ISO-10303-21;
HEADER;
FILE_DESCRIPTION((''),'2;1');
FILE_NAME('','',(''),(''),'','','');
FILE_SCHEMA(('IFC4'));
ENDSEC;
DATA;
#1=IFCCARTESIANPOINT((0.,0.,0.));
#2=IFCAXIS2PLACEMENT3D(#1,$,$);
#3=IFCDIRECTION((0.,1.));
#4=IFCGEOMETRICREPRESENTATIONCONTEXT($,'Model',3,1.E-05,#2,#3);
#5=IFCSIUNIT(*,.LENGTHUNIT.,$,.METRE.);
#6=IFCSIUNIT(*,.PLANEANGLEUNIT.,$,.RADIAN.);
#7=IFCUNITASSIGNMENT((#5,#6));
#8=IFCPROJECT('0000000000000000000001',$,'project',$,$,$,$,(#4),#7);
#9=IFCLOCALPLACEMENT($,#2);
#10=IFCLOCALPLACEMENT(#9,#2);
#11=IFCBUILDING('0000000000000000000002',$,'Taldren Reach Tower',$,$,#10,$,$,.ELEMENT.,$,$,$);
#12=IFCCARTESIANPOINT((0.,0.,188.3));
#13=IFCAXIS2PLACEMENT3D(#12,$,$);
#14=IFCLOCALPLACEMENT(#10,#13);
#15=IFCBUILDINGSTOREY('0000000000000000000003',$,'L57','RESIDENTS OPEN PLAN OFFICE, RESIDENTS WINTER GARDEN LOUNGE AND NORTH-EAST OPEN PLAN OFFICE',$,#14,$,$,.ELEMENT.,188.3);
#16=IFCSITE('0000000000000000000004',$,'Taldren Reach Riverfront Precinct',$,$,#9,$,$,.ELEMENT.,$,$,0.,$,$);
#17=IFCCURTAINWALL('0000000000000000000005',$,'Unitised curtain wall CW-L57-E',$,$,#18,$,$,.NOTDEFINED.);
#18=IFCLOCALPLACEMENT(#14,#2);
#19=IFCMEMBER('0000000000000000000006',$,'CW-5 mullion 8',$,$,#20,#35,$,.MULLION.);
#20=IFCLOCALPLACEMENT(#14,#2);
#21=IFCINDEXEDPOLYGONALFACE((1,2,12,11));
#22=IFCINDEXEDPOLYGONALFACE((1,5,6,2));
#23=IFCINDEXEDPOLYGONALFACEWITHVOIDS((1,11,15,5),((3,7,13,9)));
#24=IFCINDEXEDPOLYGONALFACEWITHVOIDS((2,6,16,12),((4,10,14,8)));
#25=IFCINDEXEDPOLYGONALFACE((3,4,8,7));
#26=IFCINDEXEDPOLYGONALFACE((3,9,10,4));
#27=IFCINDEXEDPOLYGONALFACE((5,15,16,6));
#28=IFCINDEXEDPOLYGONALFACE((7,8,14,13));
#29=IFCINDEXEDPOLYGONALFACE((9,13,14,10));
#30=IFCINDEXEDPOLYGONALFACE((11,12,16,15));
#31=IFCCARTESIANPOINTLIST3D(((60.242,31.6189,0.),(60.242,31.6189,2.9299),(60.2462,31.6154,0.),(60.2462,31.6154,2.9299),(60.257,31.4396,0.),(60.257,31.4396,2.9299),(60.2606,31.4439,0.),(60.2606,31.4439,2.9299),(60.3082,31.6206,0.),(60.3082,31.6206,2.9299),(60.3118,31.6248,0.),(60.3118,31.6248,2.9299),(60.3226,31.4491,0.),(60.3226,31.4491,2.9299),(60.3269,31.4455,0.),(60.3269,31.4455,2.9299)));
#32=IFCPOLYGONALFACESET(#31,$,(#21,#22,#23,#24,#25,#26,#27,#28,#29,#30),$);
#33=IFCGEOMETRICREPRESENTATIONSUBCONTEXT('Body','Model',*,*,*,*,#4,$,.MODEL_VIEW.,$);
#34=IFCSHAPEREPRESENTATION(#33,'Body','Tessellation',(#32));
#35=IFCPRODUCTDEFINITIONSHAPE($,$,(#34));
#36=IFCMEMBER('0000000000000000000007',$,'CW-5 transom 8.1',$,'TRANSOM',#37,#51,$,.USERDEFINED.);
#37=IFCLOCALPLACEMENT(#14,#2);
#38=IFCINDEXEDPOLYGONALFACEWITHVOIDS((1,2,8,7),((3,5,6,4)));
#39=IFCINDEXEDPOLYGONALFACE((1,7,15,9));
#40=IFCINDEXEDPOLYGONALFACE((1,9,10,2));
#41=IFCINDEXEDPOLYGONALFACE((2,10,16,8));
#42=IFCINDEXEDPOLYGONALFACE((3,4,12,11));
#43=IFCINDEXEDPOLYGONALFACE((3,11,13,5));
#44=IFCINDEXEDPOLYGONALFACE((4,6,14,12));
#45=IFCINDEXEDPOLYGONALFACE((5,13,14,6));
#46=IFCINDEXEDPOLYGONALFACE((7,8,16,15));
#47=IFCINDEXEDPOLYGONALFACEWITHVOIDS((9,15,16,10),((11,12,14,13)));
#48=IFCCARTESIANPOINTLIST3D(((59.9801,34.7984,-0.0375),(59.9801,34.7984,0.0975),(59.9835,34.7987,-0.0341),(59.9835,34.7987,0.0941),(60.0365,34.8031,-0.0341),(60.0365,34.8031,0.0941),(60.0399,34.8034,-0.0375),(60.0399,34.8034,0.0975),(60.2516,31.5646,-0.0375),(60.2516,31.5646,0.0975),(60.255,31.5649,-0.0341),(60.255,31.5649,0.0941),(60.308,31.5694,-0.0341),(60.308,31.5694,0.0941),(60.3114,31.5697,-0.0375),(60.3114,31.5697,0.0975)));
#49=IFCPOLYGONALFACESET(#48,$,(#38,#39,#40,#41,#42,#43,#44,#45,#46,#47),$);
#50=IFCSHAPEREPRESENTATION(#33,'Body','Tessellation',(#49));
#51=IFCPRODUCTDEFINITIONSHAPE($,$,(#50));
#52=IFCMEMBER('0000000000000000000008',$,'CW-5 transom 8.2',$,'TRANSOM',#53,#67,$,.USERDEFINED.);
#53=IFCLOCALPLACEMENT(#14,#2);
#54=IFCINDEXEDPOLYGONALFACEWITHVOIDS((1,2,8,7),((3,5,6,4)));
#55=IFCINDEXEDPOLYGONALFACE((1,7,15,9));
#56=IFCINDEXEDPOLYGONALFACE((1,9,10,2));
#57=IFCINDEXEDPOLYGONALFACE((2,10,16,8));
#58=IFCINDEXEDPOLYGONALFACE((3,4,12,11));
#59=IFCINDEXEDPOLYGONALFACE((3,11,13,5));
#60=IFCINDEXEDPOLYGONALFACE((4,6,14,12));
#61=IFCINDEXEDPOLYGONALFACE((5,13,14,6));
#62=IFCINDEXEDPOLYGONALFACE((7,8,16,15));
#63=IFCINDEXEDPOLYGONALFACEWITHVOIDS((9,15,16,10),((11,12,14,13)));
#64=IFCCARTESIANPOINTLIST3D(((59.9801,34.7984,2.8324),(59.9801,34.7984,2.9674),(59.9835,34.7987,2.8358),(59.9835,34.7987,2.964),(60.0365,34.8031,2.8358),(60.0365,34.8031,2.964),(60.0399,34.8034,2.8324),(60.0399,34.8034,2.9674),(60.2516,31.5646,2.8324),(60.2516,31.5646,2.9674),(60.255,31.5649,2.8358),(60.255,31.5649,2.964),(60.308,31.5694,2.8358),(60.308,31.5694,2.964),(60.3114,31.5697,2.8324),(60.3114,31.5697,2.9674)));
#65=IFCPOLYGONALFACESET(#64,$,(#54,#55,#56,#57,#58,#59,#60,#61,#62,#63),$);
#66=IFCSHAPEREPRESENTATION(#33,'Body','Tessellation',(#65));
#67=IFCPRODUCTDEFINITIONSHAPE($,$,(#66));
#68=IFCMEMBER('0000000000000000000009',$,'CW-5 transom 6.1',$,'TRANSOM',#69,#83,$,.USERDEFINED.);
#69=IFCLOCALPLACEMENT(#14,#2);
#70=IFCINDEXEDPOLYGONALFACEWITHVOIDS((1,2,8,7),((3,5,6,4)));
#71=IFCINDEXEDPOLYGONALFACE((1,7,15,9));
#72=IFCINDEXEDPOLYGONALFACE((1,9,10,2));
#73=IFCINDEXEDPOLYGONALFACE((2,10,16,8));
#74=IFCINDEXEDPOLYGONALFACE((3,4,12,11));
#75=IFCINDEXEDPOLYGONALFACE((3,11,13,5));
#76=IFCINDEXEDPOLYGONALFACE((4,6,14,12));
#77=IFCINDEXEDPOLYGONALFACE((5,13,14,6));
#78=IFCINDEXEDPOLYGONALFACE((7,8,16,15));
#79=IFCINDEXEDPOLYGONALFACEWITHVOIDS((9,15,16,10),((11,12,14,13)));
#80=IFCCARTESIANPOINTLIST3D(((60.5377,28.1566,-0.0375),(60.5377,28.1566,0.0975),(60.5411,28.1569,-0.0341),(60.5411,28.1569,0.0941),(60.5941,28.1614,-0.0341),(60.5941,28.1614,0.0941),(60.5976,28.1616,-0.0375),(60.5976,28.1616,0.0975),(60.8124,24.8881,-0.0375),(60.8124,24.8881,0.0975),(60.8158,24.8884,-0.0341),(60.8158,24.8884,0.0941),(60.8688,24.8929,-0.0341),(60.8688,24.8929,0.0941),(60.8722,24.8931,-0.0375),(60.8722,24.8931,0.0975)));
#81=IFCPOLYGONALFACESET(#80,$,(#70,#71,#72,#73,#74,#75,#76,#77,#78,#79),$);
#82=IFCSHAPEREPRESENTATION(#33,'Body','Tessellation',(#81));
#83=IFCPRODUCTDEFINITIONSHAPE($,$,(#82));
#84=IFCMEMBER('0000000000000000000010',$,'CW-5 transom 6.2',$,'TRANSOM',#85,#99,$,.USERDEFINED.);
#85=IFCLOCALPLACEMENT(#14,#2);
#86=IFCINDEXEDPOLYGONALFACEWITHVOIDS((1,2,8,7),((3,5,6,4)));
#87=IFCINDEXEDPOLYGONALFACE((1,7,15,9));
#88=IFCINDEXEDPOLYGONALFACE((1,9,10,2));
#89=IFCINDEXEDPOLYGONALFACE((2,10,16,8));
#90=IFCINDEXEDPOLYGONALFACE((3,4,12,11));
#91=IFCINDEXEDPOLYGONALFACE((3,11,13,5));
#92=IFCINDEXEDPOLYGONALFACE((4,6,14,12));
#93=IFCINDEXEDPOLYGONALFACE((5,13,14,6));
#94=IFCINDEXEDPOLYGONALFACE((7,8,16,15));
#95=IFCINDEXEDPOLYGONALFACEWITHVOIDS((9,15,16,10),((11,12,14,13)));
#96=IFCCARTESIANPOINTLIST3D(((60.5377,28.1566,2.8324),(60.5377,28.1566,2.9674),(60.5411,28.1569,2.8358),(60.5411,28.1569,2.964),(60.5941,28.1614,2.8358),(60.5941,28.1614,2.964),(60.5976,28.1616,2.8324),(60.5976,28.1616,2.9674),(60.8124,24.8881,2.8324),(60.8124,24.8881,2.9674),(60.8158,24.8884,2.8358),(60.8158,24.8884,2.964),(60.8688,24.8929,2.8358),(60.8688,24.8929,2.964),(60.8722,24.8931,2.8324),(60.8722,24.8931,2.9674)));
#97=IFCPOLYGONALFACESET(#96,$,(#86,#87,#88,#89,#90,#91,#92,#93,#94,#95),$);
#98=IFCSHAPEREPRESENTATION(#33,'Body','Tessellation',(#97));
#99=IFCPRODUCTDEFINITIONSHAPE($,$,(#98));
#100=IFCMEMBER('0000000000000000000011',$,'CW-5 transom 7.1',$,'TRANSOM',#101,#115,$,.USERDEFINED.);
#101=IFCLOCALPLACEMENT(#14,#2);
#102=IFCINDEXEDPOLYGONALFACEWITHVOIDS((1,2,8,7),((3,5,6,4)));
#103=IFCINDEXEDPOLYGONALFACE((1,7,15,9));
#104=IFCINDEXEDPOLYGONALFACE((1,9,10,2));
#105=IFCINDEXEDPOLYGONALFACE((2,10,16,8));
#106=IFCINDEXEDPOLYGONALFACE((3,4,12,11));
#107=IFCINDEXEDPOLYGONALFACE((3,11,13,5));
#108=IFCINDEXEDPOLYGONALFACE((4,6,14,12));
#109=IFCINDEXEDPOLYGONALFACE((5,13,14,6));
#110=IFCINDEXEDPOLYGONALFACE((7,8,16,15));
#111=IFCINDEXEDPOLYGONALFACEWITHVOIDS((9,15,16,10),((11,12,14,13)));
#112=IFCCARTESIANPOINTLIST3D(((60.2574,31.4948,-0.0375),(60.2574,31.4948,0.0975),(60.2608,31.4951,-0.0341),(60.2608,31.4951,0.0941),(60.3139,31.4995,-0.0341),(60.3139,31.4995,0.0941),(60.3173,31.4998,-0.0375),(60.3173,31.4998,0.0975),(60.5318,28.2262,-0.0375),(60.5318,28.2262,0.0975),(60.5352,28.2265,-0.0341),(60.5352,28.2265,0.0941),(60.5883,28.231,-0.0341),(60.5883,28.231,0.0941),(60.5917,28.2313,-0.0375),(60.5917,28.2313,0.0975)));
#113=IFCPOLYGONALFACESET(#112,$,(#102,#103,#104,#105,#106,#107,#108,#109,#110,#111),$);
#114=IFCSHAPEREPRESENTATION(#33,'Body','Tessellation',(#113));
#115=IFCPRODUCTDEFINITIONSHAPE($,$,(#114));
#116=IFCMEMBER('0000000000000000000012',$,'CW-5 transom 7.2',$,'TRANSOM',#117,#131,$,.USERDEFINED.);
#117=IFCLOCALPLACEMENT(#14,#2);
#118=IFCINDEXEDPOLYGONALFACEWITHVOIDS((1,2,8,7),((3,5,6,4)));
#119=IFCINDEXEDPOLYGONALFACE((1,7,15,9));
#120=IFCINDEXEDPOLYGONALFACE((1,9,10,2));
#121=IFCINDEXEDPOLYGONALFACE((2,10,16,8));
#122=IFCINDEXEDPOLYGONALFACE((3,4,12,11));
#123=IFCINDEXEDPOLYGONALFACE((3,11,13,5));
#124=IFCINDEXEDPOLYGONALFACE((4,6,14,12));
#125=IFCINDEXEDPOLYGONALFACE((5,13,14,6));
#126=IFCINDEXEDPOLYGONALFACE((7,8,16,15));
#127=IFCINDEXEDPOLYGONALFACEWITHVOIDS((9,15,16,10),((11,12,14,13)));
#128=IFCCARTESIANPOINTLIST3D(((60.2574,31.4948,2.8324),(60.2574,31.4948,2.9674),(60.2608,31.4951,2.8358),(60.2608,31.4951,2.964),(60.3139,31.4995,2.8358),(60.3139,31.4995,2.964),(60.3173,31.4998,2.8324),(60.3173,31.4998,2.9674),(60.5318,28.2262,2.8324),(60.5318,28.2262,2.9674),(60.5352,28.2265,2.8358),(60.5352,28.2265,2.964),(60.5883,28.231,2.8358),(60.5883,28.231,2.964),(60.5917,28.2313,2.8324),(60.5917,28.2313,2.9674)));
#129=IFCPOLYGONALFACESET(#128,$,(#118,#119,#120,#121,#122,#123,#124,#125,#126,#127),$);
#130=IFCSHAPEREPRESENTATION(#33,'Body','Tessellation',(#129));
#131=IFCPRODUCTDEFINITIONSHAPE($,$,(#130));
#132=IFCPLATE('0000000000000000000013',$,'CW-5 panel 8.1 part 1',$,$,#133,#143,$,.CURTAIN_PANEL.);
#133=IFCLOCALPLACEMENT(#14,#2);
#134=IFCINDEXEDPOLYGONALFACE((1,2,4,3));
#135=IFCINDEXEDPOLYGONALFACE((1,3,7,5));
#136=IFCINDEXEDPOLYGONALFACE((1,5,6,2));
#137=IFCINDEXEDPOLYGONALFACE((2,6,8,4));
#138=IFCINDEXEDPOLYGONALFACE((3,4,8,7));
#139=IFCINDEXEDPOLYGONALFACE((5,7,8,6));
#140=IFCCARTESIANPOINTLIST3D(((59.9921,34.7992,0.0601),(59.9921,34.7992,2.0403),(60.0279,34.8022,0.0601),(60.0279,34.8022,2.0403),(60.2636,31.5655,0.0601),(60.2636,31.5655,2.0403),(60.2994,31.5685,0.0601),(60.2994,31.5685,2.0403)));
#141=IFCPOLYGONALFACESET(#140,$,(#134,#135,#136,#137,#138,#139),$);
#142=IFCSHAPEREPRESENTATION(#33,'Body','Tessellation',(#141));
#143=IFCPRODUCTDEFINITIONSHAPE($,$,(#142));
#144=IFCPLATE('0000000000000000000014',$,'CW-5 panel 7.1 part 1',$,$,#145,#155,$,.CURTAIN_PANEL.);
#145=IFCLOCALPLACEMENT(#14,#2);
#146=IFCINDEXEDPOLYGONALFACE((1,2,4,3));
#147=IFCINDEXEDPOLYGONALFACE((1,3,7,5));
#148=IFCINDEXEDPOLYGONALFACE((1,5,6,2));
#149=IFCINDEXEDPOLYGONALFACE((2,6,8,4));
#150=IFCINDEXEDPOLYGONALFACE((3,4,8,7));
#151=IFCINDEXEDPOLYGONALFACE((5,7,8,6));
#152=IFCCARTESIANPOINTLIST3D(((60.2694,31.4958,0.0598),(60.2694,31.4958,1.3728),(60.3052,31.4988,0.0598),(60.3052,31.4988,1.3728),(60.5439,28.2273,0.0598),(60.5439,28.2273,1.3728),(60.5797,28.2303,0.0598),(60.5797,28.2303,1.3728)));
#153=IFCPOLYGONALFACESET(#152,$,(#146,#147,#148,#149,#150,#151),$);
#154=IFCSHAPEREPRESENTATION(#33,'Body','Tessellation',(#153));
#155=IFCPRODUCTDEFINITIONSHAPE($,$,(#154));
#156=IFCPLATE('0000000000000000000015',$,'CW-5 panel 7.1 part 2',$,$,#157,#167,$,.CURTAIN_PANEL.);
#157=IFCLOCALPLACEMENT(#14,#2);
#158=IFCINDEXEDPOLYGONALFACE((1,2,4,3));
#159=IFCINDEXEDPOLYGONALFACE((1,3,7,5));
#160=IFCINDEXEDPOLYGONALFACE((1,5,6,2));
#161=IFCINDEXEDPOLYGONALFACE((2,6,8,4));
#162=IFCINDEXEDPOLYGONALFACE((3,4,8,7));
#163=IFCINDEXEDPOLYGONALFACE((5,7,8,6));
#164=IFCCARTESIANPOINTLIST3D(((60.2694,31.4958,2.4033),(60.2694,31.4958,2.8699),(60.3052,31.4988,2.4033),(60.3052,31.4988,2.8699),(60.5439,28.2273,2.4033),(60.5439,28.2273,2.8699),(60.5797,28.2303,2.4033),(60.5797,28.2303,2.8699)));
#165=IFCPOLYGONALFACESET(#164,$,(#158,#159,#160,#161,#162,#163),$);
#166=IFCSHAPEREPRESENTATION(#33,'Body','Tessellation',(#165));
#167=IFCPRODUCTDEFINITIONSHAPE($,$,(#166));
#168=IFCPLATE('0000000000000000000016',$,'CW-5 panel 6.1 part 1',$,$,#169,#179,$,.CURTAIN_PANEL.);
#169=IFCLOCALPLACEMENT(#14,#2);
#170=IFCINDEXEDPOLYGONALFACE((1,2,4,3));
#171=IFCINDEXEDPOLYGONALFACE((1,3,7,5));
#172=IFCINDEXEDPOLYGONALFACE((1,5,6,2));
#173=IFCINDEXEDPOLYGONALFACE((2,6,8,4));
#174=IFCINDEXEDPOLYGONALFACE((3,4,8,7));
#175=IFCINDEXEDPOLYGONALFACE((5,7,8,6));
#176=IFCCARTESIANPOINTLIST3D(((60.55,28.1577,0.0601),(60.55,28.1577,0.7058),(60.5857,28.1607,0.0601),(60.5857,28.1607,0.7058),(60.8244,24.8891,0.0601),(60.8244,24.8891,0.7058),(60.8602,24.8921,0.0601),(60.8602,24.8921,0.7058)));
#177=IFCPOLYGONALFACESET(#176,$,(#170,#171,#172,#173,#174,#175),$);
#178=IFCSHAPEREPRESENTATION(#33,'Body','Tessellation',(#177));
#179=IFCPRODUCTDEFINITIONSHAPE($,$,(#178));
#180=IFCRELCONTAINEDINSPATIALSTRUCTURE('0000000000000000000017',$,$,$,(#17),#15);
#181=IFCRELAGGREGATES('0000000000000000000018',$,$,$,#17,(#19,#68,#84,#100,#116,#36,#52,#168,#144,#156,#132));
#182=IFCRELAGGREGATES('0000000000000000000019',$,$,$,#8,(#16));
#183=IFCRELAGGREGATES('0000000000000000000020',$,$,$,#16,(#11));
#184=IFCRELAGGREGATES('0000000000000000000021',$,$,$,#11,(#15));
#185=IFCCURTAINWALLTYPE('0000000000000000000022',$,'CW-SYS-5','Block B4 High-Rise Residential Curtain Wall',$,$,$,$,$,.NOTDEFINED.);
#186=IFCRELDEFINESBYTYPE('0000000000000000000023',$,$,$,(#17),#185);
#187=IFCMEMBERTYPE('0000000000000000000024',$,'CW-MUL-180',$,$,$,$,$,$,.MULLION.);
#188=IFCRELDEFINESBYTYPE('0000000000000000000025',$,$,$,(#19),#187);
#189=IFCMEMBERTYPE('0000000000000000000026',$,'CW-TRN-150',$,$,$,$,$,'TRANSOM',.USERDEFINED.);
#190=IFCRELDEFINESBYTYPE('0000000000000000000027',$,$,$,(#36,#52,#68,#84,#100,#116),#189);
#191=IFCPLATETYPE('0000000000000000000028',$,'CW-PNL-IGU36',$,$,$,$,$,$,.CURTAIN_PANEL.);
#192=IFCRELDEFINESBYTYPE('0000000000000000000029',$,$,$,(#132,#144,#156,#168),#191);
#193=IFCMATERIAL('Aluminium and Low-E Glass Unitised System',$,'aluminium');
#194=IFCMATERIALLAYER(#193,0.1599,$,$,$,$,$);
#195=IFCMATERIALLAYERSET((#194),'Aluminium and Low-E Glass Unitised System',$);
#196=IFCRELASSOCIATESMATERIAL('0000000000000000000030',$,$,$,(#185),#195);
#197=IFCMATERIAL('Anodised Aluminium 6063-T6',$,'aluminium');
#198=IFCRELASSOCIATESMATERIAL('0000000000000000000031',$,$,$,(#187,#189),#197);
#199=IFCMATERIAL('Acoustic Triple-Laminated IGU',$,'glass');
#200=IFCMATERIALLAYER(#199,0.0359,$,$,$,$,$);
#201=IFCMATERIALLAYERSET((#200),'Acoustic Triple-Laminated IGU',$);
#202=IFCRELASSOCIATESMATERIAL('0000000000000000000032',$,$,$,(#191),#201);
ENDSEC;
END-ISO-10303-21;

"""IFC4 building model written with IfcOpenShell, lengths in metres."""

from ifc_helpers import new_model, si_unit, direction, frame, origin, origin_2d, place, context, subcontext, project, spatial, rectangle, hollow_rectangle, extrude, source, transform, mapped, material, layer, layer_set, material_profile, profile_set, type_object, element, aggregate, save


model = new_model("IFC4")

# Units and contexts
model_context = context("Model", 3, precision=1e-05, world=origin(), true_north=direction((0.0, 1.0)))
body_context = subcontext(model_context, "Body", "Model", "MODEL_VIEW")
ifc_project = project(units=[si_unit("LENGTHUNIT", "METRE"), si_unit("PLANEANGLEUNIT", "RADIAN")], contexts=[model_context])

# Site, building, storey
site_placement = place(None, origin())
site = spatial("IfcSite", under=ifc_project, at=site_placement, Name="Taldren Reach Riverfront Precinct", CompositionType="ELEMENT", RefElevation=0.0)
building_placement = place(site_placement, origin())
building = spatial("IfcBuilding", under=site, at=building_placement, Name="Taldren Reach Tower", CompositionType="ELEMENT")
storey_placement = place(building_placement, frame((0.0, 0.0, 188.3)))
storey = spatial("IfcBuildingStorey", under=building, at=storey_placement, Name="L57", Description="RESIDENTS OPEN PLAN OFFICE, RESIDENTS WINTER GARDEN LOUNGE AND NORTH-EAST OPEN PLAN OFFICE", CompositionType="ELEMENT", Elevation=188.3)

# Curtain wall, members, plates
ifc_material_1 = material(Name="Aluminium and Low-E Glass Unitised System", Category="aluminium")
ifc_layer_1 = layer(ifc_material_1, 0.1599)
ifc_layer_set_1 = layer_set([ifc_layer_1], Name="Aluminium and Low-E Glass Unitised System")
curtain_wall_type = type_object("IfcCurtainWallType", Name="CW-SYS-5", Description="Block B4 High-Rise Residential Curtain Wall", PredefinedType="NOTDEFINED", material=ifc_layer_set_1)
curtain_wall_placement = place(storey_placement, origin())
curtain_wall = element("IfcCurtainWall", 1, at=curtain_wall_placement, inside=storey, type_object=curtain_wall_type, Name="Unitised curtain wall CW-L57-E", PredefinedType="NOTDEFINED")
ifc_material_2 = material(Name="Anodised Aluminium 6063-T6", Category="aluminium")
ifc_material_profile_1 = material_profile(ifc_material_2, hollow_rectangle(XDim=0.0701, YDim=0.1799, WallThickness=0.0039, at=origin_2d()), Name="ALU-180x70x4RHS")
ifc_profile_set_1 = profile_set([ifc_material_profile_1], Name="Anodised Aluminium 6063-T6")
member_type_1 = type_object("IfcMemberType", Name="CW-MUL-180", PredefinedType="MULLION", material=ifc_profile_set_1)
shared_shape_1 = source(origin(), body_context, "Body", "SweptSolid", [
    extrude(hollow_rectangle(XDim=0.0701, YDim=0.1799, WallThickness=0.0039, at=origin_2d()), origin(), (0.0, 0.0, 1.0), 2.9299),
])
member_1_placement = place(storey_placement, frame((60.2844, 31.5322, 0.0), z_axis=(0.0, 0.0, 1.0), x_axis=(-0.996493, -0.083678, 0.0)))
member_1 = element("IfcMember", 2, at=member_1_placement, type_object=member_type_1, Name="CW-5 mullion 8", PredefinedType="MULLION", context=body_context, shape_type="MappedRepresentation", body=[
    mapped(shared_shape_1, transform((0.0, 0.0, 0.0), scale=1.0)),
])
ifc_material_profile_2 = material_profile(ifc_material_2, hollow_rectangle(XDim=0.0601, YDim=0.135, WallThickness=0.0034, at=origin_2d()), Name="ALU-135x60x3.5RHS")
ifc_profile_set_2 = profile_set([ifc_material_profile_2], Name="Anodised Aluminium 6063-T6")
member_type_2 = type_object("IfcMemberType", Name="CW-TRN-150", ElementType="TRANSOM", PredefinedType="USERDEFINED", material=ifc_profile_set_2)
shared_shape_2 = source(origin(), body_context, "Body", "SweptSolid", [
    extrude(hollow_rectangle(XDim=0.0601, YDim=0.135, WallThickness=0.0034, at=origin_2d()), origin(), (0.0, 0.0, 1.0), 3.2451),
])
member_2_placement = place(storey_placement, frame((60.2815, 31.5671, 0.03), z_axis=(-0.083662, 0.996494, 0.0), x_axis=(-0.996494, -0.083662, 0.0)))
member_2 = element("IfcMember", 3, at=member_2_placement, type_object=member_type_2, Name="CW-5 transom 8.1", ObjectType="TRANSOM", PredefinedType="USERDEFINED", context=body_context, shape_type="MappedRepresentation", body=[
    mapped(shared_shape_2, transform((0.0, 0.0, 0.0), scale=1.0)),
])
member_3_placement = place(storey_placement, frame((60.2815, 31.5671, 2.8999), z_axis=(-0.083662, 0.996494, 0.0), x_axis=(-0.996494, -0.083662, 0.0)))
member_3 = element("IfcMember", 4, at=member_3_placement, type_object=member_type_2, Name="CW-5 transom 8.2", ObjectType="TRANSOM", PredefinedType="USERDEFINED", context=body_context, shape_type="MappedRepresentation", body=[
    mapped(shared_shape_2, transform((0.0, 0.0, 0.0), scale=1.0)),
])
shared_shape_3 = source(origin(), body_context, "Body", "SweptSolid", [
    extrude(hollow_rectangle(XDim=0.0601, YDim=0.135, WallThickness=0.0034, at=origin_2d()), origin(), (0.0, 0.0, 1.0), 3.28),
])
member_4_placement = place(storey_placement, frame((60.8423, 24.8906, 0.03), z_axis=(-0.083735, 0.996488, 0.0), x_axis=(-0.996488, -0.083735, 0.0)))
member_4 = element("IfcMember", 5, at=member_4_placement, type_object=member_type_2, Name="CW-5 transom 6.1", ObjectType="TRANSOM", PredefinedType="USERDEFINED", context=body_context, shape_type="MappedRepresentation", body=[
    mapped(shared_shape_3, transform((0.0, 0.0, 0.0), scale=1.0)),
])
member_5_placement = place(storey_placement, frame((60.8423, 24.8906, 2.8999), z_axis=(-0.083735, 0.996488, 0.0), x_axis=(-0.996488, -0.083735, 0.0)))
member_5 = element("IfcMember", 6, at=member_5_placement, type_object=member_type_2, Name="CW-5 transom 6.2", ObjectType="TRANSOM", PredefinedType="USERDEFINED", context=body_context, shape_type="MappedRepresentation", body=[
    mapped(shared_shape_3, transform((0.0, 0.0, 0.0), scale=1.0)),
])
member_6_placement = place(storey_placement, frame((60.5618, 28.2288, 0.03), z_axis=(-0.083661, 0.996494, 0.0), x_axis=(-0.996494, -0.083661, 0.0)))
member_6 = element("IfcMember", 7, at=member_6_placement, type_object=member_type_2, Name="CW-5 transom 7.1", ObjectType="TRANSOM", PredefinedType="USERDEFINED", context=body_context, shape_type="MappedRepresentation", body=[
    mapped(shared_shape_3, transform((0.0, 0.0, 0.0), scale=1.0)),
])
member_7_placement = place(storey_placement, frame((60.5618, 28.2288, 2.8999), z_axis=(-0.083661, 0.996494, 0.0), x_axis=(-0.996494, -0.083661, 0.0)))
member_7 = element("IfcMember", 8, at=member_7_placement, type_object=member_type_2, Name="CW-5 transom 7.2", ObjectType="TRANSOM", PredefinedType="USERDEFINED", context=body_context, shape_type="MappedRepresentation", body=[
    mapped(shared_shape_3, transform((0.0, 0.0, 0.0), scale=1.0)),
])
ifc_material_3 = material(Name="Acoustic Triple-Laminated IGU", Category="glass")
ifc_layer_2 = layer(ifc_material_3, 0.0359)
ifc_layer_set_2 = layer_set([ifc_layer_2], Name="Acoustic Triple-Laminated IGU")
plate_type = type_object("IfcPlateType", Name="CW-PNL-IGU36", PredefinedType="CURTAIN_PANEL", material=ifc_layer_set_2)
shared_shape_4 = source(origin(), body_context, "Body", "SweptSolid", [
    extrude(rectangle(XDim=3.2451, YDim=0.0359, at=origin_2d()), origin(), (0.0, 0.0, 1.0), 1.9802),
])
plate_1_placement = place(storey_placement, frame((60.1458, 33.1838, 0.0601), z_axis=(0.0, 0.0, 1.0), x_axis=(-0.083678, 0.996493, 0.0)))
plate_1 = element("IfcPlate", 9, at=plate_1_placement, type_object=plate_type, Name="CW-5 panel 8.1 part 1", PredefinedType="CURTAIN_PANEL", context=body_context, shape_type="MappedRepresentation", body=[
    mapped(shared_shape_4, transform((0.0, 0.0, 0.0), scale=1.0)),
])
shared_shape_5 = source(origin(), body_context, "Body", "SweptSolid", [
    extrude(rectangle(XDim=3.28, YDim=0.0359, at=origin_2d()), origin(), (0.0, 0.0, 1.0), 1.313),
])
plate_2_placement = place(storey_placement, frame((60.4246, 29.863, 0.0598), z_axis=(0.0, 0.0, 1.0), x_axis=(-0.083678, 0.996493, 0.0)))
plate_2 = element("IfcPlate", 10, at=plate_2_placement, type_object=plate_type, Name="CW-5 panel 7.1 part 1", PredefinedType="CURTAIN_PANEL", context=body_context, shape_type="MappedRepresentation", body=[
    mapped(shared_shape_5, transform((0.0, 0.0, 0.0), scale=1.0)),
])
shared_shape_6 = source(origin(), body_context, "Body", "SweptSolid", [
    extrude(rectangle(XDim=3.28, YDim=0.0359, at=origin_2d()), origin(), (0.0, 0.0, 1.0), 0.4666),
])
plate_3_placement = place(storey_placement, frame((60.4246, 29.863, 2.4033), z_axis=(0.0, 0.0, 1.0), x_axis=(-0.083678, 0.996493, 0.0)))
plate_3 = element("IfcPlate", 11, at=plate_3_placement, type_object=plate_type, Name="CW-5 panel 7.1 part 2", PredefinedType="CURTAIN_PANEL", context=body_context, shape_type="MappedRepresentation", body=[
    mapped(shared_shape_6, transform((0.0, 0.0, 0.0), scale=1.0)),
])
shared_shape_7 = source(origin(), body_context, "Body", "SweptSolid", [
    extrude(rectangle(XDim=3.28, YDim=0.0359, at=origin_2d()), origin(), (0.0, 0.0, 1.0), 0.6458),
])
plate_4_placement = place(storey_placement, frame((60.7051, 26.5249, 0.0601), z_axis=(0.0, 0.0, 1.0), x_axis=(-0.083678, 0.996493, 0.0)))
plate_4 = element("IfcPlate", 12, at=plate_4_placement, type_object=plate_type, Name="CW-5 panel 6.1 part 1", PredefinedType="CURTAIN_PANEL", context=body_context, shape_type="MappedRepresentation", body=[
    mapped(shared_shape_7, transform((0.0, 0.0, 0.0), scale=1.0)),
])
aggregate(curtain_wall, [member_1, member_4, member_5, member_6, member_7, member_2, member_3, plate_4, plate_2, plate_3, plate_1])

save(model, "model.ifc")
